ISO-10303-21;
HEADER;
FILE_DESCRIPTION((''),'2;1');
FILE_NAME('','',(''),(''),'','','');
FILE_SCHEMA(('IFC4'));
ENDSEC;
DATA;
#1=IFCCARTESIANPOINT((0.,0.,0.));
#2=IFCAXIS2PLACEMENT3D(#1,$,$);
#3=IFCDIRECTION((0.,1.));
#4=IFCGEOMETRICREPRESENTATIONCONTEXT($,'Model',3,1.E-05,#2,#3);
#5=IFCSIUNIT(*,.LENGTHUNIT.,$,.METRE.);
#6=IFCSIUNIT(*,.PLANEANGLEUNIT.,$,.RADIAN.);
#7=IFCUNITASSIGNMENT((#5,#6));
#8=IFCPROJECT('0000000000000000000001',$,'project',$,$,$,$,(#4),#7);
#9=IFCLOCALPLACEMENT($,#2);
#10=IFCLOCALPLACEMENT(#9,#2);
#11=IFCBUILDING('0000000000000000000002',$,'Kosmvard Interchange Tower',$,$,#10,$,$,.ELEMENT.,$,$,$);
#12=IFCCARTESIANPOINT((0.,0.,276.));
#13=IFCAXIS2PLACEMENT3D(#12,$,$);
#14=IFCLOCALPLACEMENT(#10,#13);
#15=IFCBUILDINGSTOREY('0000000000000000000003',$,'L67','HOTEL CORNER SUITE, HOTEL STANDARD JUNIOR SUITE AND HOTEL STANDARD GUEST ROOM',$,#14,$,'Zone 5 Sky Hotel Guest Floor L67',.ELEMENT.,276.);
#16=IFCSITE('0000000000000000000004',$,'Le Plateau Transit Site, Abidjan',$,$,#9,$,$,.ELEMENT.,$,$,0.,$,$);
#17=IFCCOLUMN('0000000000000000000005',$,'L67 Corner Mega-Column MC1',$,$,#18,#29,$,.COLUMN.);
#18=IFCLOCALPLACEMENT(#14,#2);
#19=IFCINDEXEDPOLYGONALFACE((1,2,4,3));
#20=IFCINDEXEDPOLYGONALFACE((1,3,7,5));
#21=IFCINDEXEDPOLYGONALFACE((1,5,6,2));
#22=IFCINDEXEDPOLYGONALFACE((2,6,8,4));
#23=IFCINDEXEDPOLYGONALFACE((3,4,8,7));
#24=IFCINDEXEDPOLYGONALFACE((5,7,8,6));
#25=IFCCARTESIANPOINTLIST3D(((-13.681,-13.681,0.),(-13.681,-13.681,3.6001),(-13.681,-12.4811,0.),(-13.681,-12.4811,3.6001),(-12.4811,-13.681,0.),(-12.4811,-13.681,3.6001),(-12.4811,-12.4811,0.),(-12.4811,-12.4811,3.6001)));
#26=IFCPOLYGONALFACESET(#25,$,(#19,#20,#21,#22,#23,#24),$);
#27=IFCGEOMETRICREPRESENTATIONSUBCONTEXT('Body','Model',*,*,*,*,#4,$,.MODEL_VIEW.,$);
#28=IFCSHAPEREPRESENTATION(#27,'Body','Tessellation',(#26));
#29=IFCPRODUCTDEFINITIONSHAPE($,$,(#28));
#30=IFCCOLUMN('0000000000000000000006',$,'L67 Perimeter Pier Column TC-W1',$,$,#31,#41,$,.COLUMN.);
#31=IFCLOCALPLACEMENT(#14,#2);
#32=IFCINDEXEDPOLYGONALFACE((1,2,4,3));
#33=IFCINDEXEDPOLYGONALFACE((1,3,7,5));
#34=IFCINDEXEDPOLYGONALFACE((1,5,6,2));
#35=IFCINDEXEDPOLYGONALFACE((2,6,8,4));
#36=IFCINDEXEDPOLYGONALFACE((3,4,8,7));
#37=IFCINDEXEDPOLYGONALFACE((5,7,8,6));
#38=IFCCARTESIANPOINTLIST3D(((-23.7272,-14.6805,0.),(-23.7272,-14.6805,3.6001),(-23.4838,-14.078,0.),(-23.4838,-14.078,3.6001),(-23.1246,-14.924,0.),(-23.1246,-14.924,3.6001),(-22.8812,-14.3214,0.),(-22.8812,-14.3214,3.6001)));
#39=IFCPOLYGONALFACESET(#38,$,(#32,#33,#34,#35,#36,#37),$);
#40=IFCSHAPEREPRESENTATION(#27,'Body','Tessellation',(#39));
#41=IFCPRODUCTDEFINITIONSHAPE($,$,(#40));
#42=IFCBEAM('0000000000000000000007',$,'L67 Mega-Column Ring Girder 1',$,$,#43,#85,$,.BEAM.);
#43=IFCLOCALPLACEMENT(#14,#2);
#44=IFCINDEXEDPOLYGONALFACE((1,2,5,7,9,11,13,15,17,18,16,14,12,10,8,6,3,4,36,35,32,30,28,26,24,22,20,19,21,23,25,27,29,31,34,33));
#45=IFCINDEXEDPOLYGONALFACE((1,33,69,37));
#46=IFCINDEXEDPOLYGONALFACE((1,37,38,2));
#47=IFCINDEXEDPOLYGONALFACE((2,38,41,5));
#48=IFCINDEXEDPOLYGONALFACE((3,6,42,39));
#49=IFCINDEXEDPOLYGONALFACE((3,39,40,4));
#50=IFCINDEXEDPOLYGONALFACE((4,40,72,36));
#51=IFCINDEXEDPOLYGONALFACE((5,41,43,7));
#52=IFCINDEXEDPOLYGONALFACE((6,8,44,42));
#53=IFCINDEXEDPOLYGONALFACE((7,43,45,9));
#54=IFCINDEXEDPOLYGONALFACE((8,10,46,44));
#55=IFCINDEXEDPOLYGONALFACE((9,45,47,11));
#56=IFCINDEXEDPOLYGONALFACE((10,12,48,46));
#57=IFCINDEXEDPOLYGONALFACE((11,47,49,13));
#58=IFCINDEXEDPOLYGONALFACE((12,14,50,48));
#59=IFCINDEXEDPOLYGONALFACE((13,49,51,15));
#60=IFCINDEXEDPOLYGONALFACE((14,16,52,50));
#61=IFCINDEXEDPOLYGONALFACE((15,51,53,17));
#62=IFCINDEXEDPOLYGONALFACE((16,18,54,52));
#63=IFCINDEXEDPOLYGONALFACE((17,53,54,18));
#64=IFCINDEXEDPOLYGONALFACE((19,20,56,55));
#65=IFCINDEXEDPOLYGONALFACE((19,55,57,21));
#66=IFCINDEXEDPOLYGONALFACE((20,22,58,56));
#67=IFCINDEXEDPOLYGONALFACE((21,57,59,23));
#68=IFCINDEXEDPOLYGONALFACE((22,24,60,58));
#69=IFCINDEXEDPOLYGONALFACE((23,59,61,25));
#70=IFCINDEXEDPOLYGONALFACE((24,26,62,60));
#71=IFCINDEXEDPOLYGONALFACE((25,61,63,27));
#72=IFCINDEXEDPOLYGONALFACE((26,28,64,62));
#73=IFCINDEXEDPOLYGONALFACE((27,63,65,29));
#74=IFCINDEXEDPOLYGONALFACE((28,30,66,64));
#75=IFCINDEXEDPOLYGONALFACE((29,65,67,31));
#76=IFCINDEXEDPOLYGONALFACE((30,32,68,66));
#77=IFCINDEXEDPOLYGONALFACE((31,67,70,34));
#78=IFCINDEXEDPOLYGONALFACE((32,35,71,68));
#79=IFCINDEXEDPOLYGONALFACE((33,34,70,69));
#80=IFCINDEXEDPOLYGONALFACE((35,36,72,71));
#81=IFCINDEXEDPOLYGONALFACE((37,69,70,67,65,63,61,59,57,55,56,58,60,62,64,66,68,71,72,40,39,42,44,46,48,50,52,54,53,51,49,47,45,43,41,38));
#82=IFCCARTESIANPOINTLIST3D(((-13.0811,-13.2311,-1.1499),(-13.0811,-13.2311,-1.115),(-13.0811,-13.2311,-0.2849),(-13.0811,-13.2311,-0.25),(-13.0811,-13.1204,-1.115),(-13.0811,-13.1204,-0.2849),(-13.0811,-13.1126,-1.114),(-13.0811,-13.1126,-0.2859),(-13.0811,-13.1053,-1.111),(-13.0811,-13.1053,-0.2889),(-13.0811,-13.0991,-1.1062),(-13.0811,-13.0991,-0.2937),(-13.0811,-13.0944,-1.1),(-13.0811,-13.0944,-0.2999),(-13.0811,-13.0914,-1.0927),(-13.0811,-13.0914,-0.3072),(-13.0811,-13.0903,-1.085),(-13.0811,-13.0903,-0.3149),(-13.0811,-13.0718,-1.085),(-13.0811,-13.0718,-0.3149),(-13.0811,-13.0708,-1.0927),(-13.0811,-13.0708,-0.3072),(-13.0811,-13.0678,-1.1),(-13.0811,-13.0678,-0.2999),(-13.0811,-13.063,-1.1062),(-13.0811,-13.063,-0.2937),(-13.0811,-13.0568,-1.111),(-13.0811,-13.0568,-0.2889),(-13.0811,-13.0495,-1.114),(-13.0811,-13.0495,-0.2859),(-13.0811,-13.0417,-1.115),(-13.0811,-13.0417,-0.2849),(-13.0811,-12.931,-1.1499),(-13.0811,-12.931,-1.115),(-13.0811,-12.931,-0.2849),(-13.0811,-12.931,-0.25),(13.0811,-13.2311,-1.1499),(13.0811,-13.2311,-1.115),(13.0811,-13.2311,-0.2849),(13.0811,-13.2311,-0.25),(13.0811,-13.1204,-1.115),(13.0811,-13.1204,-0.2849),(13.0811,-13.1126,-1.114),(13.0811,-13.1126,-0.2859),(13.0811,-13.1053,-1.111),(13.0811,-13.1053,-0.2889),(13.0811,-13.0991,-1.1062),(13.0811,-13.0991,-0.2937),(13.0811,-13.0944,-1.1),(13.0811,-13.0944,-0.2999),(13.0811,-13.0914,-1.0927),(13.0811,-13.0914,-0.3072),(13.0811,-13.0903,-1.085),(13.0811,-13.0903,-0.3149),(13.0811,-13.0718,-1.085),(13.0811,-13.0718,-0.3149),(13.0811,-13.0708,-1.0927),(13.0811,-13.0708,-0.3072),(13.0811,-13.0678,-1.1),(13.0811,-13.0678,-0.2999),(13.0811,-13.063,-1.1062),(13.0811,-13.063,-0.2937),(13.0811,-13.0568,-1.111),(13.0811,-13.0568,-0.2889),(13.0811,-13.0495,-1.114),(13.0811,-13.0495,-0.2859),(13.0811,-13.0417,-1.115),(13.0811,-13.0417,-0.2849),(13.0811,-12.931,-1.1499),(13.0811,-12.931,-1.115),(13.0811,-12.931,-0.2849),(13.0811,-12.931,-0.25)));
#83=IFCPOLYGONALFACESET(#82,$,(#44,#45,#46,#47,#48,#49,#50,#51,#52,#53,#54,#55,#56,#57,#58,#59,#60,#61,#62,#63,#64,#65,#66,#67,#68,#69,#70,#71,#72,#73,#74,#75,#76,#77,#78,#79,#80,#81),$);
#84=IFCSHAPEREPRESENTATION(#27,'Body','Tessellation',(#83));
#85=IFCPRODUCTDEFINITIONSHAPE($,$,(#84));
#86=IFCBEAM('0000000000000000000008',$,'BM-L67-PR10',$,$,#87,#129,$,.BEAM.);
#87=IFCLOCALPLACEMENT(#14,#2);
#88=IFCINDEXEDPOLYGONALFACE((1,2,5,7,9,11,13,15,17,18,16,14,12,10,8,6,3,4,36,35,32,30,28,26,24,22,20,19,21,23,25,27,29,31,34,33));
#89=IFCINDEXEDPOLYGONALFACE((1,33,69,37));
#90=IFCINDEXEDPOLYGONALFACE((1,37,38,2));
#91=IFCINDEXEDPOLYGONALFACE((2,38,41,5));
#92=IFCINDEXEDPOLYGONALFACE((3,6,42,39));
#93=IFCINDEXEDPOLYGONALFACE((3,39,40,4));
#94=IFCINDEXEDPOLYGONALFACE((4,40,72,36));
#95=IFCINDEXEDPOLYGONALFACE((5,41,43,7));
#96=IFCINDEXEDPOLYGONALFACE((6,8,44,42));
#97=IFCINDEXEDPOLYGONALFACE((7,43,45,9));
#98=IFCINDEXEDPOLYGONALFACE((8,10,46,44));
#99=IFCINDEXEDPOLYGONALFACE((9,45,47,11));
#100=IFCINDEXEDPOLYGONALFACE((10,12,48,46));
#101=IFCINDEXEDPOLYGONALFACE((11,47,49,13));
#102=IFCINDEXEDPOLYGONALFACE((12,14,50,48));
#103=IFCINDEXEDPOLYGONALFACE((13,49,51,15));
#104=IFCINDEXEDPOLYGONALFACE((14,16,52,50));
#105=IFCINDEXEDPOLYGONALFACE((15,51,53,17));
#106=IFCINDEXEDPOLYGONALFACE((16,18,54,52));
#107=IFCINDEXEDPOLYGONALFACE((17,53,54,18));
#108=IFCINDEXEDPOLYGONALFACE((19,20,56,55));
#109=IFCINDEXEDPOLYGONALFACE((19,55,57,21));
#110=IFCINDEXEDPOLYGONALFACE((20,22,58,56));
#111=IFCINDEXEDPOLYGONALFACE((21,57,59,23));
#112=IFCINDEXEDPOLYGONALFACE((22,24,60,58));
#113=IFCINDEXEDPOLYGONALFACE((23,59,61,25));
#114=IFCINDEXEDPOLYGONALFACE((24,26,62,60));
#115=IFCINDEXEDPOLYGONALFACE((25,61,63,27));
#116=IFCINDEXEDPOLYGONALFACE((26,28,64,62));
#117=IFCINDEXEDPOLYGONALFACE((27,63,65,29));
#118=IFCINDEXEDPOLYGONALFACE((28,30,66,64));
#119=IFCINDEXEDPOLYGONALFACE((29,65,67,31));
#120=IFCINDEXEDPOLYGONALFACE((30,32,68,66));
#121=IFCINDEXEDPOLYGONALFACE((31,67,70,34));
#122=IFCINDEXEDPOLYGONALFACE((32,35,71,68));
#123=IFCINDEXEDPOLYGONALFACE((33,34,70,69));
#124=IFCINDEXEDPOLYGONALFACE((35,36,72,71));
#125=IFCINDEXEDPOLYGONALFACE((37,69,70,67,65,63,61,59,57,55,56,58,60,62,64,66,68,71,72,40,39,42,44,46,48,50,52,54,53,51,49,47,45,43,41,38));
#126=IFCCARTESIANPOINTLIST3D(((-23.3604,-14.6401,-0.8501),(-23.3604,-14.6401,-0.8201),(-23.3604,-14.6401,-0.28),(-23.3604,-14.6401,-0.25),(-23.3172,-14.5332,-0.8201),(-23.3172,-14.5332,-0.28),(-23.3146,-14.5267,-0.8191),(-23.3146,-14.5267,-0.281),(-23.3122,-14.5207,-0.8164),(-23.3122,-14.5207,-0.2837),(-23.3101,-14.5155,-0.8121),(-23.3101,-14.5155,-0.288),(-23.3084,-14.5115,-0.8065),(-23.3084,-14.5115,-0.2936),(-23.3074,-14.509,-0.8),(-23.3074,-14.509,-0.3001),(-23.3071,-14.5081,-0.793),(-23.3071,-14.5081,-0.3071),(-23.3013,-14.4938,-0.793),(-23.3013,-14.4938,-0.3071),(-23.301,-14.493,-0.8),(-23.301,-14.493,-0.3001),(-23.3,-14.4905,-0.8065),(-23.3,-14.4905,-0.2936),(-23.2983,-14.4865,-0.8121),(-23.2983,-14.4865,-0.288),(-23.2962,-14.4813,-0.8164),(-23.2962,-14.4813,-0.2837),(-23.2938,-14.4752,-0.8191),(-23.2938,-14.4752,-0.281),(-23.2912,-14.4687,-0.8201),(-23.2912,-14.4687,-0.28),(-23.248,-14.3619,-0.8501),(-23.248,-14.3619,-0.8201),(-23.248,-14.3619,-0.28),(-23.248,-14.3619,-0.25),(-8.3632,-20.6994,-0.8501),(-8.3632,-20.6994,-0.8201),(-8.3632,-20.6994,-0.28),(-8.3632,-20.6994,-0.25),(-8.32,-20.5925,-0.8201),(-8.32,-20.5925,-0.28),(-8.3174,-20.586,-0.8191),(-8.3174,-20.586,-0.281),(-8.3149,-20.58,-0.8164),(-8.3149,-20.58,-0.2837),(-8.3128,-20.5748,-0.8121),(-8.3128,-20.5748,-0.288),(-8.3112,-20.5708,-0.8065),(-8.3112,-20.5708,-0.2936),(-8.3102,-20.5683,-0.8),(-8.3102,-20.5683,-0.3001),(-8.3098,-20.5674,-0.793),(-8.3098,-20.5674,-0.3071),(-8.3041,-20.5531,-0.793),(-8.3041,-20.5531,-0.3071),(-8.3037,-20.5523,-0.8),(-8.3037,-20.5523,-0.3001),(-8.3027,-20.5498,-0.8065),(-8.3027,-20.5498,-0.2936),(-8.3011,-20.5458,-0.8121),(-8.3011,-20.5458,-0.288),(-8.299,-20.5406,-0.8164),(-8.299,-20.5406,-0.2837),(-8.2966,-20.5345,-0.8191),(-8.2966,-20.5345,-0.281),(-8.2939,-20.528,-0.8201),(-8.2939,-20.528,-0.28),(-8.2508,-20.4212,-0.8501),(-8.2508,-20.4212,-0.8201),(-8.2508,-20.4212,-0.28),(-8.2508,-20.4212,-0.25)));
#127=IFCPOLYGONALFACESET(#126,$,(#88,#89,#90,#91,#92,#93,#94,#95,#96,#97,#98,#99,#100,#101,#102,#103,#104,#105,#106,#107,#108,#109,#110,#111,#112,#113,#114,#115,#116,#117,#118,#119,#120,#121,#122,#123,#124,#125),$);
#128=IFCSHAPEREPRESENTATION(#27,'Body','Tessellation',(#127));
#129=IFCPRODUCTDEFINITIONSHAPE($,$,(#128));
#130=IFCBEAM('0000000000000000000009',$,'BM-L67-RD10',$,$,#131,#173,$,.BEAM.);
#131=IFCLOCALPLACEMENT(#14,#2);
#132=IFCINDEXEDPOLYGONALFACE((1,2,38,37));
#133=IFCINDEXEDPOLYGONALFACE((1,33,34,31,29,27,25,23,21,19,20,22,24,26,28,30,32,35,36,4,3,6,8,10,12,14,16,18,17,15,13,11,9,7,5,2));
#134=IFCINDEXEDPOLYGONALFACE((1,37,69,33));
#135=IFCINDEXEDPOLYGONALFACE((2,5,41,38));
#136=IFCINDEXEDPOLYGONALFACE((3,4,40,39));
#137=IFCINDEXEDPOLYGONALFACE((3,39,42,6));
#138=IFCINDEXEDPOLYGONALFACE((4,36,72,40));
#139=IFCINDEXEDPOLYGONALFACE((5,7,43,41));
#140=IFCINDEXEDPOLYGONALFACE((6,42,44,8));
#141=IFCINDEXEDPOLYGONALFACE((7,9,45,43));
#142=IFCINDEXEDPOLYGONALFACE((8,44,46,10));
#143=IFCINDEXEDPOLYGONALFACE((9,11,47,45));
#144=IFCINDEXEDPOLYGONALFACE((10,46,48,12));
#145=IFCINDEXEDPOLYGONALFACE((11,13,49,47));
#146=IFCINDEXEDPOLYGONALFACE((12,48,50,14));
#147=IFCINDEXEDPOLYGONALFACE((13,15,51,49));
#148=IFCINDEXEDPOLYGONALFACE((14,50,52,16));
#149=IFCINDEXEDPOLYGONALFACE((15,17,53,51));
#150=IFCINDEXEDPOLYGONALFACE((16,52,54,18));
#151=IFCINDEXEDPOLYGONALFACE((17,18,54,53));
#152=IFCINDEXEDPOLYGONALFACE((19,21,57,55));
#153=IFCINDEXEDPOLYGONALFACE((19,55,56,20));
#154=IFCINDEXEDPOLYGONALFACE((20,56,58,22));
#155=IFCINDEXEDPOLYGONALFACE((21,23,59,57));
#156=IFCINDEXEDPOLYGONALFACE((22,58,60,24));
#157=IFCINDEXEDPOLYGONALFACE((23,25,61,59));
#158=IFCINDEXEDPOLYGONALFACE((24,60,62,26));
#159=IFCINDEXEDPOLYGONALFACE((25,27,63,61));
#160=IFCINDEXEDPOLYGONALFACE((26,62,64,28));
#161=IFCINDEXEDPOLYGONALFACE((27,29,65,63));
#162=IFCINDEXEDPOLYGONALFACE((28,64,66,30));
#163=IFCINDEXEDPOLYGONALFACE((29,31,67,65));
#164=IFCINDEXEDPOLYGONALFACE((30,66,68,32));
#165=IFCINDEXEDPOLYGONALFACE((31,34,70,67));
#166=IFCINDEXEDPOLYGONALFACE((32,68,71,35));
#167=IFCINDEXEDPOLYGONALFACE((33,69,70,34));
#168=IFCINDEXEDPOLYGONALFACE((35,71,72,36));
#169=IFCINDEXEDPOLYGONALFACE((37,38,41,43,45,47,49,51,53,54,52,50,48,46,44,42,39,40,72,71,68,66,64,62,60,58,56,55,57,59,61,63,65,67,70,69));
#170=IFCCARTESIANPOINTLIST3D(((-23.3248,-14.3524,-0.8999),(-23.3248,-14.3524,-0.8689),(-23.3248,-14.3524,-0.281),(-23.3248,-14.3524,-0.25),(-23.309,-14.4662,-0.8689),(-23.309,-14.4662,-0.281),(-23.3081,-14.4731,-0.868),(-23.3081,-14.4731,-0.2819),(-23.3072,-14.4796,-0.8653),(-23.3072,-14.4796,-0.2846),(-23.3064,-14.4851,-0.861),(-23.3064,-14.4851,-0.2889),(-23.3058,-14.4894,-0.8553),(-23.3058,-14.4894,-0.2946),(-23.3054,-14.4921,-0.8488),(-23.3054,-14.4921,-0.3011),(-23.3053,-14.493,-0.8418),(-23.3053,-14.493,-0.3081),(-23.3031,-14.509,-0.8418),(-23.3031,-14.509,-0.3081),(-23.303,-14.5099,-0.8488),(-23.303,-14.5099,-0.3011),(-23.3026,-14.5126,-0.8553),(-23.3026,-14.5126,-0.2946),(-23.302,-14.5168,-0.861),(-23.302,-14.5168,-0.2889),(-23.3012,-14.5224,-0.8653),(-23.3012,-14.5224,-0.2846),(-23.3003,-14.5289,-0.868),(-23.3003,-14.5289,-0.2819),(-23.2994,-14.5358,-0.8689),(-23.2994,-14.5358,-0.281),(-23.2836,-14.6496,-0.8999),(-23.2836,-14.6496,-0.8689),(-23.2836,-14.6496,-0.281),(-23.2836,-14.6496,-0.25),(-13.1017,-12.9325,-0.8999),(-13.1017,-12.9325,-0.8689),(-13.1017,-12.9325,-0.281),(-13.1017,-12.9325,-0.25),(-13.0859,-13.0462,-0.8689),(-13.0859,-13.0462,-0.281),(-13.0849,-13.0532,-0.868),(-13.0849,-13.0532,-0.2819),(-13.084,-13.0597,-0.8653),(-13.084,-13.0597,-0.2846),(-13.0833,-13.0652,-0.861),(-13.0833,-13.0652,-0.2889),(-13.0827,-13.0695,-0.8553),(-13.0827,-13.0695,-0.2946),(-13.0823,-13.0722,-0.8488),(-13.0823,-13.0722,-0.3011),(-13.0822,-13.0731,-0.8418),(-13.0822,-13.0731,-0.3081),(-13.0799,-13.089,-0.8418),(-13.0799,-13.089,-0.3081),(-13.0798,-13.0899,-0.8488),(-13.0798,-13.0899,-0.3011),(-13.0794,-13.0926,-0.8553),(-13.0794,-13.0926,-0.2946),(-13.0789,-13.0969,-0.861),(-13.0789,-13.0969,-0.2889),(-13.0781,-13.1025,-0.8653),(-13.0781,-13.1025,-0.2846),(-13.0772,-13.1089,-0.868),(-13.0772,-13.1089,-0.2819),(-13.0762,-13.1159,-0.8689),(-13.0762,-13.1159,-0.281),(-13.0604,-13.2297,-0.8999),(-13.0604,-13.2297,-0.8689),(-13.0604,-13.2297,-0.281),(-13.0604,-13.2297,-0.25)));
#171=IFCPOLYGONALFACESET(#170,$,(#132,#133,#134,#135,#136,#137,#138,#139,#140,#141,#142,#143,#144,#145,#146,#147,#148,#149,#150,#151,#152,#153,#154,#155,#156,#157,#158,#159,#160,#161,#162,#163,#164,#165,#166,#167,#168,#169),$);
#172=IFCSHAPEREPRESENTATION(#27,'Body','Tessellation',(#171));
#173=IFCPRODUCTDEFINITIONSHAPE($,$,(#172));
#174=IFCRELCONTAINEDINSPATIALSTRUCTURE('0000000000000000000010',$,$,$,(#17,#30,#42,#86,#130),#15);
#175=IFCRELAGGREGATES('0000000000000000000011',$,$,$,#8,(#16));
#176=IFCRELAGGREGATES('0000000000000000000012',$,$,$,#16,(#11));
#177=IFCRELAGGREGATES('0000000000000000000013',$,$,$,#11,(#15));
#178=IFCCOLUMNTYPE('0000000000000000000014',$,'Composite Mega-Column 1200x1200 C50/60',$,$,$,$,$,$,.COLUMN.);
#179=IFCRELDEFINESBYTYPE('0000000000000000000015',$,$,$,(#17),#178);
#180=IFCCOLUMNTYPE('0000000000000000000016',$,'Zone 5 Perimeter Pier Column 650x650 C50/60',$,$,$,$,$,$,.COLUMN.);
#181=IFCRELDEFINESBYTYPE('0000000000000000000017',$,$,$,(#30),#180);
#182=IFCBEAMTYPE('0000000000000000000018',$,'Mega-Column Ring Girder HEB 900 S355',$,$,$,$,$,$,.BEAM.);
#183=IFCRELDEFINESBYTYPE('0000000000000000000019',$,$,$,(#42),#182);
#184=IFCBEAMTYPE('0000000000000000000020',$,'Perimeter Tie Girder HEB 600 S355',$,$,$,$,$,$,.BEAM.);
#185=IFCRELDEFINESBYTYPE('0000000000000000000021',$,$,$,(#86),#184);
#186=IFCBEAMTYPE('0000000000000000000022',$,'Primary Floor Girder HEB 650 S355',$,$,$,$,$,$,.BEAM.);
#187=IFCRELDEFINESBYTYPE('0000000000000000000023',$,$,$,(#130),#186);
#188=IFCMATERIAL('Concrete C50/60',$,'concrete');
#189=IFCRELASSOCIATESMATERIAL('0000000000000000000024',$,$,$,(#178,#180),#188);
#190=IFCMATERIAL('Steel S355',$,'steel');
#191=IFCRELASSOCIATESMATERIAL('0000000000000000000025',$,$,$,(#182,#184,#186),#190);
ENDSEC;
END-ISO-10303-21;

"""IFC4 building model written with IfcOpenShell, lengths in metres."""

from ifc_helpers import new_model, si_unit, direction, frame, origin, origin_2d, place, context, subcontext, project, spatial, rectangle, i_section, extrude, source, transform, mapped, material, material_profile, profile_set, type_object, element, save


model = new_model("IFC4")

# Units and contexts
model_context = context("Model", 3, precision=1e-05, world=origin(), true_north=direction((0.0, 1.0)))
body_context = subcontext(model_context, "Body", "Model", "MODEL_VIEW")
ifc_project = project(units=[si_unit("LENGTHUNIT", "METRE"), si_unit("PLANEANGLEUNIT", "RADIAN")], contexts=[model_context])

# Site, building, storey
site_placement = place(None, origin())
site = spatial("IfcSite", under=ifc_project, at=site_placement, Name="Le Plateau Transit Site, Abidjan", CompositionType="ELEMENT", RefElevation=0.0)
building_placement = place(site_placement, origin())
building = spatial("IfcBuilding", under=site, at=building_placement, Name="Kosmvard Interchange Tower", CompositionType="ELEMENT")
storey_placement = place(building_placement, frame((0.0, 0.0, 276.0)))
storey = spatial("IfcBuildingStorey", under=building, at=storey_placement, Name="L67", Description="HOTEL CORNER SUITE, HOTEL STANDARD JUNIOR SUITE AND HOTEL STANDARD GUEST ROOM", LongName="Zone 5 Sky Hotel Guest Floor L67", CompositionType="ELEMENT", Elevation=276.0)

# Columns
ifc_material_1 = material(Name="Concrete C50/60", Category="concrete")
ifc_material_profile_1 = material_profile(ifc_material_1, rectangle(XDim=1.2, YDim=1.2, at=origin_2d()), Name="MC 1200x1200")
ifc_profile_set_1 = profile_set([ifc_material_profile_1], Name="Concrete C50/60")
column_type_1 = type_object("IfcColumnType", Name="Composite Mega-Column 1200x1200 C50/60", PredefinedType="COLUMN", material=ifc_profile_set_1)
shared_shape_1 = source(origin(), body_context, "Body", "SweptSolid", [
    extrude(rectangle(XDim=1.2, YDim=1.2, at=origin_2d()), origin(), (0.0, 0.0, 1.0), 3.6001),
])
column_1_placement = place(storey_placement, frame((-13.0811, -13.0811, 0.0), z_axis=(0.0, 0.0, 1.0), x_axis=(1.0, 0.0, 0.0)))
element("IfcColumn", 1, at=column_1_placement, inside=storey, type_object=column_type_1, Name="L67 Corner Mega-Column MC1", PredefinedType="COLUMN", context=body_context, shape_type="MappedRepresentation", body=[
    mapped(shared_shape_1, transform((0.0, 0.0, 0.0), scale=1.0)),
])
ifc_material_profile_2 = material_profile(ifc_material_1, rectangle(XDim=0.6499, YDim=0.6499, at=origin_2d()), Name="TC 650x650")
ifc_profile_set_2 = profile_set([ifc_material_profile_2], Name="Concrete C50/60")
column_type_2 = type_object("IfcColumnType", Name="Zone 5 Perimeter Pier Column 650x650 C50/60", PredefinedType="COLUMN", material=ifc_profile_set_2)
shared_shape_2 = source(origin(), body_context, "Body", "SweptSolid", [
    extrude(rectangle(XDim=0.6499, YDim=0.6499, at=origin_2d()), origin(), (0.0, 0.0, 1.0), 3.6001),
])
column_2_placement = place(storey_placement, frame((-23.3042, -14.501, 0.0), z_axis=(0.0, 0.0, 1.0), x_axis=(0.374607, 0.927184, 0.0)))
element("IfcColumn", 2, at=column_2_placement, inside=storey, type_object=column_type_2, Name="L67 Perimeter Pier Column TC-W1", PredefinedType="COLUMN", context=body_context, shape_type="MappedRepresentation", body=[
    mapped(shared_shape_2, transform((0.0, 0.0, 0.0), scale=1.0)),
])

# Beams
ifc_material_2 = material(Name="Steel S355", Category="steel")
ifc_material_profile_3 = material_profile(ifc_material_2, i_section(OverallWidth=0.3, OverallDepth=0.8999, WebThickness=0.0186, FlangeThickness=0.0349, FilletRadius=0.03, at=origin_2d()), Name="HEB 900")
ifc_profile_set_3 = profile_set([ifc_material_profile_3], Name="Steel S355")
beam_type_1 = type_object("IfcBeamType", Name="Mega-Column Ring Girder HEB 900 S355", PredefinedType="BEAM", material=ifc_profile_set_3)
shared_shape_3 = source(origin(), body_context, "Body", "SweptSolid", [
    extrude(i_section(OverallWidth=0.3, OverallDepth=0.8999, WebThickness=0.0186, FlangeThickness=0.0349, FilletRadius=0.03, at=origin_2d()), origin(), (0.0, 0.0, 1.0), 26.1621),
])
beam_1_placement = place(storey_placement, frame((-13.0811, -13.0811, -0.7), z_axis=(1.0, 0.0, 0.0), x_axis=(0.0, 1.0, 0.0)))
element("IfcBeam", 3, at=beam_1_placement, inside=storey, type_object=beam_type_1, Name="L67 Mega-Column Ring Girder 1", PredefinedType="BEAM", context=body_context, shape_type="MappedRepresentation", body=[
    mapped(shared_shape_3, transform((0.0, 0.0, 0.0), scale=1.0)),
])
ifc_material_profile_4 = material_profile(ifc_material_2, i_section(OverallWidth=0.3, OverallDepth=0.6001, WebThickness=0.0154, FlangeThickness=0.03, FilletRadius=0.0271, at=origin_2d()), Name="HEB 600")
ifc_profile_set_4 = profile_set([ifc_material_profile_4], Name="Steel S355")
beam_type_2 = type_object("IfcBeamType", Name="Perimeter Tie Girder HEB 600 S355", PredefinedType="BEAM", material=ifc_profile_set_4)
shared_shape_4 = source(origin(), body_context, "Body", "SweptSolid", [
    extrude(i_section(OverallWidth=0.3, OverallDepth=0.6001, WebThickness=0.0154, FlangeThickness=0.03, FilletRadius=0.0271, at=origin_2d()), origin(), (0.0, 0.0, 1.0), 16.175),
])
beam_2_placement = place(storey_placement, frame((-23.3042, -14.501, -0.55), z_axis=(0.927183, -0.374608, 0.0), x_axis=(0.374608, 0.927183, 0.0)))
element("IfcBeam", 4, at=beam_2_placement, inside=storey, type_object=beam_type_2, Name="BM-L67-PR10", PredefinedType="BEAM", context=body_context, shape_type="MappedRepresentation", body=[
    mapped(shared_shape_4, transform((0.0, 0.0, 0.0), scale=1.0)),
])
ifc_material_profile_5 = material_profile(ifc_material_2, i_section(OverallWidth=0.3, OverallDepth=0.6499, WebThickness=0.0161, FlangeThickness=0.031, FilletRadius=0.0271, at=origin_2d()), Name="HEB 650")
ifc_profile_set_5 = profile_set([ifc_material_profile_5], Name="Steel S355")
beam_type_3 = type_object("IfcBeamType", Name="Primary Floor Girder HEB 650 S355", PredefinedType="BEAM", material=ifc_profile_set_5)
shared_shape_5 = source(origin(), body_context, "Body", "SweptSolid", [
    extrude(i_section(OverallWidth=0.3, OverallDepth=0.6499, WebThickness=0.0161, FlangeThickness=0.031, FilletRadius=0.0271, at=origin_2d()), origin(), (0.0, 0.0, 1.0), 10.3213),
])
beam_3_placement = place(storey_placement, frame((-13.0811, -13.0811, -0.575), z_axis=(-0.990492, -0.137572, 0.0), x_axis=(0.137572, -0.990492, 0.0)))
element("IfcBeam", 5, at=beam_3_placement, inside=storey, type_object=beam_type_3, Name="BM-L67-RD10", PredefinedType="BEAM", context=body_context, shape_type="MappedRepresentation", body=[
    mapped(shared_shape_5, transform((0.0, 0.0, 0.0), scale=1.0)),
])

save(model, "model.ifc")
